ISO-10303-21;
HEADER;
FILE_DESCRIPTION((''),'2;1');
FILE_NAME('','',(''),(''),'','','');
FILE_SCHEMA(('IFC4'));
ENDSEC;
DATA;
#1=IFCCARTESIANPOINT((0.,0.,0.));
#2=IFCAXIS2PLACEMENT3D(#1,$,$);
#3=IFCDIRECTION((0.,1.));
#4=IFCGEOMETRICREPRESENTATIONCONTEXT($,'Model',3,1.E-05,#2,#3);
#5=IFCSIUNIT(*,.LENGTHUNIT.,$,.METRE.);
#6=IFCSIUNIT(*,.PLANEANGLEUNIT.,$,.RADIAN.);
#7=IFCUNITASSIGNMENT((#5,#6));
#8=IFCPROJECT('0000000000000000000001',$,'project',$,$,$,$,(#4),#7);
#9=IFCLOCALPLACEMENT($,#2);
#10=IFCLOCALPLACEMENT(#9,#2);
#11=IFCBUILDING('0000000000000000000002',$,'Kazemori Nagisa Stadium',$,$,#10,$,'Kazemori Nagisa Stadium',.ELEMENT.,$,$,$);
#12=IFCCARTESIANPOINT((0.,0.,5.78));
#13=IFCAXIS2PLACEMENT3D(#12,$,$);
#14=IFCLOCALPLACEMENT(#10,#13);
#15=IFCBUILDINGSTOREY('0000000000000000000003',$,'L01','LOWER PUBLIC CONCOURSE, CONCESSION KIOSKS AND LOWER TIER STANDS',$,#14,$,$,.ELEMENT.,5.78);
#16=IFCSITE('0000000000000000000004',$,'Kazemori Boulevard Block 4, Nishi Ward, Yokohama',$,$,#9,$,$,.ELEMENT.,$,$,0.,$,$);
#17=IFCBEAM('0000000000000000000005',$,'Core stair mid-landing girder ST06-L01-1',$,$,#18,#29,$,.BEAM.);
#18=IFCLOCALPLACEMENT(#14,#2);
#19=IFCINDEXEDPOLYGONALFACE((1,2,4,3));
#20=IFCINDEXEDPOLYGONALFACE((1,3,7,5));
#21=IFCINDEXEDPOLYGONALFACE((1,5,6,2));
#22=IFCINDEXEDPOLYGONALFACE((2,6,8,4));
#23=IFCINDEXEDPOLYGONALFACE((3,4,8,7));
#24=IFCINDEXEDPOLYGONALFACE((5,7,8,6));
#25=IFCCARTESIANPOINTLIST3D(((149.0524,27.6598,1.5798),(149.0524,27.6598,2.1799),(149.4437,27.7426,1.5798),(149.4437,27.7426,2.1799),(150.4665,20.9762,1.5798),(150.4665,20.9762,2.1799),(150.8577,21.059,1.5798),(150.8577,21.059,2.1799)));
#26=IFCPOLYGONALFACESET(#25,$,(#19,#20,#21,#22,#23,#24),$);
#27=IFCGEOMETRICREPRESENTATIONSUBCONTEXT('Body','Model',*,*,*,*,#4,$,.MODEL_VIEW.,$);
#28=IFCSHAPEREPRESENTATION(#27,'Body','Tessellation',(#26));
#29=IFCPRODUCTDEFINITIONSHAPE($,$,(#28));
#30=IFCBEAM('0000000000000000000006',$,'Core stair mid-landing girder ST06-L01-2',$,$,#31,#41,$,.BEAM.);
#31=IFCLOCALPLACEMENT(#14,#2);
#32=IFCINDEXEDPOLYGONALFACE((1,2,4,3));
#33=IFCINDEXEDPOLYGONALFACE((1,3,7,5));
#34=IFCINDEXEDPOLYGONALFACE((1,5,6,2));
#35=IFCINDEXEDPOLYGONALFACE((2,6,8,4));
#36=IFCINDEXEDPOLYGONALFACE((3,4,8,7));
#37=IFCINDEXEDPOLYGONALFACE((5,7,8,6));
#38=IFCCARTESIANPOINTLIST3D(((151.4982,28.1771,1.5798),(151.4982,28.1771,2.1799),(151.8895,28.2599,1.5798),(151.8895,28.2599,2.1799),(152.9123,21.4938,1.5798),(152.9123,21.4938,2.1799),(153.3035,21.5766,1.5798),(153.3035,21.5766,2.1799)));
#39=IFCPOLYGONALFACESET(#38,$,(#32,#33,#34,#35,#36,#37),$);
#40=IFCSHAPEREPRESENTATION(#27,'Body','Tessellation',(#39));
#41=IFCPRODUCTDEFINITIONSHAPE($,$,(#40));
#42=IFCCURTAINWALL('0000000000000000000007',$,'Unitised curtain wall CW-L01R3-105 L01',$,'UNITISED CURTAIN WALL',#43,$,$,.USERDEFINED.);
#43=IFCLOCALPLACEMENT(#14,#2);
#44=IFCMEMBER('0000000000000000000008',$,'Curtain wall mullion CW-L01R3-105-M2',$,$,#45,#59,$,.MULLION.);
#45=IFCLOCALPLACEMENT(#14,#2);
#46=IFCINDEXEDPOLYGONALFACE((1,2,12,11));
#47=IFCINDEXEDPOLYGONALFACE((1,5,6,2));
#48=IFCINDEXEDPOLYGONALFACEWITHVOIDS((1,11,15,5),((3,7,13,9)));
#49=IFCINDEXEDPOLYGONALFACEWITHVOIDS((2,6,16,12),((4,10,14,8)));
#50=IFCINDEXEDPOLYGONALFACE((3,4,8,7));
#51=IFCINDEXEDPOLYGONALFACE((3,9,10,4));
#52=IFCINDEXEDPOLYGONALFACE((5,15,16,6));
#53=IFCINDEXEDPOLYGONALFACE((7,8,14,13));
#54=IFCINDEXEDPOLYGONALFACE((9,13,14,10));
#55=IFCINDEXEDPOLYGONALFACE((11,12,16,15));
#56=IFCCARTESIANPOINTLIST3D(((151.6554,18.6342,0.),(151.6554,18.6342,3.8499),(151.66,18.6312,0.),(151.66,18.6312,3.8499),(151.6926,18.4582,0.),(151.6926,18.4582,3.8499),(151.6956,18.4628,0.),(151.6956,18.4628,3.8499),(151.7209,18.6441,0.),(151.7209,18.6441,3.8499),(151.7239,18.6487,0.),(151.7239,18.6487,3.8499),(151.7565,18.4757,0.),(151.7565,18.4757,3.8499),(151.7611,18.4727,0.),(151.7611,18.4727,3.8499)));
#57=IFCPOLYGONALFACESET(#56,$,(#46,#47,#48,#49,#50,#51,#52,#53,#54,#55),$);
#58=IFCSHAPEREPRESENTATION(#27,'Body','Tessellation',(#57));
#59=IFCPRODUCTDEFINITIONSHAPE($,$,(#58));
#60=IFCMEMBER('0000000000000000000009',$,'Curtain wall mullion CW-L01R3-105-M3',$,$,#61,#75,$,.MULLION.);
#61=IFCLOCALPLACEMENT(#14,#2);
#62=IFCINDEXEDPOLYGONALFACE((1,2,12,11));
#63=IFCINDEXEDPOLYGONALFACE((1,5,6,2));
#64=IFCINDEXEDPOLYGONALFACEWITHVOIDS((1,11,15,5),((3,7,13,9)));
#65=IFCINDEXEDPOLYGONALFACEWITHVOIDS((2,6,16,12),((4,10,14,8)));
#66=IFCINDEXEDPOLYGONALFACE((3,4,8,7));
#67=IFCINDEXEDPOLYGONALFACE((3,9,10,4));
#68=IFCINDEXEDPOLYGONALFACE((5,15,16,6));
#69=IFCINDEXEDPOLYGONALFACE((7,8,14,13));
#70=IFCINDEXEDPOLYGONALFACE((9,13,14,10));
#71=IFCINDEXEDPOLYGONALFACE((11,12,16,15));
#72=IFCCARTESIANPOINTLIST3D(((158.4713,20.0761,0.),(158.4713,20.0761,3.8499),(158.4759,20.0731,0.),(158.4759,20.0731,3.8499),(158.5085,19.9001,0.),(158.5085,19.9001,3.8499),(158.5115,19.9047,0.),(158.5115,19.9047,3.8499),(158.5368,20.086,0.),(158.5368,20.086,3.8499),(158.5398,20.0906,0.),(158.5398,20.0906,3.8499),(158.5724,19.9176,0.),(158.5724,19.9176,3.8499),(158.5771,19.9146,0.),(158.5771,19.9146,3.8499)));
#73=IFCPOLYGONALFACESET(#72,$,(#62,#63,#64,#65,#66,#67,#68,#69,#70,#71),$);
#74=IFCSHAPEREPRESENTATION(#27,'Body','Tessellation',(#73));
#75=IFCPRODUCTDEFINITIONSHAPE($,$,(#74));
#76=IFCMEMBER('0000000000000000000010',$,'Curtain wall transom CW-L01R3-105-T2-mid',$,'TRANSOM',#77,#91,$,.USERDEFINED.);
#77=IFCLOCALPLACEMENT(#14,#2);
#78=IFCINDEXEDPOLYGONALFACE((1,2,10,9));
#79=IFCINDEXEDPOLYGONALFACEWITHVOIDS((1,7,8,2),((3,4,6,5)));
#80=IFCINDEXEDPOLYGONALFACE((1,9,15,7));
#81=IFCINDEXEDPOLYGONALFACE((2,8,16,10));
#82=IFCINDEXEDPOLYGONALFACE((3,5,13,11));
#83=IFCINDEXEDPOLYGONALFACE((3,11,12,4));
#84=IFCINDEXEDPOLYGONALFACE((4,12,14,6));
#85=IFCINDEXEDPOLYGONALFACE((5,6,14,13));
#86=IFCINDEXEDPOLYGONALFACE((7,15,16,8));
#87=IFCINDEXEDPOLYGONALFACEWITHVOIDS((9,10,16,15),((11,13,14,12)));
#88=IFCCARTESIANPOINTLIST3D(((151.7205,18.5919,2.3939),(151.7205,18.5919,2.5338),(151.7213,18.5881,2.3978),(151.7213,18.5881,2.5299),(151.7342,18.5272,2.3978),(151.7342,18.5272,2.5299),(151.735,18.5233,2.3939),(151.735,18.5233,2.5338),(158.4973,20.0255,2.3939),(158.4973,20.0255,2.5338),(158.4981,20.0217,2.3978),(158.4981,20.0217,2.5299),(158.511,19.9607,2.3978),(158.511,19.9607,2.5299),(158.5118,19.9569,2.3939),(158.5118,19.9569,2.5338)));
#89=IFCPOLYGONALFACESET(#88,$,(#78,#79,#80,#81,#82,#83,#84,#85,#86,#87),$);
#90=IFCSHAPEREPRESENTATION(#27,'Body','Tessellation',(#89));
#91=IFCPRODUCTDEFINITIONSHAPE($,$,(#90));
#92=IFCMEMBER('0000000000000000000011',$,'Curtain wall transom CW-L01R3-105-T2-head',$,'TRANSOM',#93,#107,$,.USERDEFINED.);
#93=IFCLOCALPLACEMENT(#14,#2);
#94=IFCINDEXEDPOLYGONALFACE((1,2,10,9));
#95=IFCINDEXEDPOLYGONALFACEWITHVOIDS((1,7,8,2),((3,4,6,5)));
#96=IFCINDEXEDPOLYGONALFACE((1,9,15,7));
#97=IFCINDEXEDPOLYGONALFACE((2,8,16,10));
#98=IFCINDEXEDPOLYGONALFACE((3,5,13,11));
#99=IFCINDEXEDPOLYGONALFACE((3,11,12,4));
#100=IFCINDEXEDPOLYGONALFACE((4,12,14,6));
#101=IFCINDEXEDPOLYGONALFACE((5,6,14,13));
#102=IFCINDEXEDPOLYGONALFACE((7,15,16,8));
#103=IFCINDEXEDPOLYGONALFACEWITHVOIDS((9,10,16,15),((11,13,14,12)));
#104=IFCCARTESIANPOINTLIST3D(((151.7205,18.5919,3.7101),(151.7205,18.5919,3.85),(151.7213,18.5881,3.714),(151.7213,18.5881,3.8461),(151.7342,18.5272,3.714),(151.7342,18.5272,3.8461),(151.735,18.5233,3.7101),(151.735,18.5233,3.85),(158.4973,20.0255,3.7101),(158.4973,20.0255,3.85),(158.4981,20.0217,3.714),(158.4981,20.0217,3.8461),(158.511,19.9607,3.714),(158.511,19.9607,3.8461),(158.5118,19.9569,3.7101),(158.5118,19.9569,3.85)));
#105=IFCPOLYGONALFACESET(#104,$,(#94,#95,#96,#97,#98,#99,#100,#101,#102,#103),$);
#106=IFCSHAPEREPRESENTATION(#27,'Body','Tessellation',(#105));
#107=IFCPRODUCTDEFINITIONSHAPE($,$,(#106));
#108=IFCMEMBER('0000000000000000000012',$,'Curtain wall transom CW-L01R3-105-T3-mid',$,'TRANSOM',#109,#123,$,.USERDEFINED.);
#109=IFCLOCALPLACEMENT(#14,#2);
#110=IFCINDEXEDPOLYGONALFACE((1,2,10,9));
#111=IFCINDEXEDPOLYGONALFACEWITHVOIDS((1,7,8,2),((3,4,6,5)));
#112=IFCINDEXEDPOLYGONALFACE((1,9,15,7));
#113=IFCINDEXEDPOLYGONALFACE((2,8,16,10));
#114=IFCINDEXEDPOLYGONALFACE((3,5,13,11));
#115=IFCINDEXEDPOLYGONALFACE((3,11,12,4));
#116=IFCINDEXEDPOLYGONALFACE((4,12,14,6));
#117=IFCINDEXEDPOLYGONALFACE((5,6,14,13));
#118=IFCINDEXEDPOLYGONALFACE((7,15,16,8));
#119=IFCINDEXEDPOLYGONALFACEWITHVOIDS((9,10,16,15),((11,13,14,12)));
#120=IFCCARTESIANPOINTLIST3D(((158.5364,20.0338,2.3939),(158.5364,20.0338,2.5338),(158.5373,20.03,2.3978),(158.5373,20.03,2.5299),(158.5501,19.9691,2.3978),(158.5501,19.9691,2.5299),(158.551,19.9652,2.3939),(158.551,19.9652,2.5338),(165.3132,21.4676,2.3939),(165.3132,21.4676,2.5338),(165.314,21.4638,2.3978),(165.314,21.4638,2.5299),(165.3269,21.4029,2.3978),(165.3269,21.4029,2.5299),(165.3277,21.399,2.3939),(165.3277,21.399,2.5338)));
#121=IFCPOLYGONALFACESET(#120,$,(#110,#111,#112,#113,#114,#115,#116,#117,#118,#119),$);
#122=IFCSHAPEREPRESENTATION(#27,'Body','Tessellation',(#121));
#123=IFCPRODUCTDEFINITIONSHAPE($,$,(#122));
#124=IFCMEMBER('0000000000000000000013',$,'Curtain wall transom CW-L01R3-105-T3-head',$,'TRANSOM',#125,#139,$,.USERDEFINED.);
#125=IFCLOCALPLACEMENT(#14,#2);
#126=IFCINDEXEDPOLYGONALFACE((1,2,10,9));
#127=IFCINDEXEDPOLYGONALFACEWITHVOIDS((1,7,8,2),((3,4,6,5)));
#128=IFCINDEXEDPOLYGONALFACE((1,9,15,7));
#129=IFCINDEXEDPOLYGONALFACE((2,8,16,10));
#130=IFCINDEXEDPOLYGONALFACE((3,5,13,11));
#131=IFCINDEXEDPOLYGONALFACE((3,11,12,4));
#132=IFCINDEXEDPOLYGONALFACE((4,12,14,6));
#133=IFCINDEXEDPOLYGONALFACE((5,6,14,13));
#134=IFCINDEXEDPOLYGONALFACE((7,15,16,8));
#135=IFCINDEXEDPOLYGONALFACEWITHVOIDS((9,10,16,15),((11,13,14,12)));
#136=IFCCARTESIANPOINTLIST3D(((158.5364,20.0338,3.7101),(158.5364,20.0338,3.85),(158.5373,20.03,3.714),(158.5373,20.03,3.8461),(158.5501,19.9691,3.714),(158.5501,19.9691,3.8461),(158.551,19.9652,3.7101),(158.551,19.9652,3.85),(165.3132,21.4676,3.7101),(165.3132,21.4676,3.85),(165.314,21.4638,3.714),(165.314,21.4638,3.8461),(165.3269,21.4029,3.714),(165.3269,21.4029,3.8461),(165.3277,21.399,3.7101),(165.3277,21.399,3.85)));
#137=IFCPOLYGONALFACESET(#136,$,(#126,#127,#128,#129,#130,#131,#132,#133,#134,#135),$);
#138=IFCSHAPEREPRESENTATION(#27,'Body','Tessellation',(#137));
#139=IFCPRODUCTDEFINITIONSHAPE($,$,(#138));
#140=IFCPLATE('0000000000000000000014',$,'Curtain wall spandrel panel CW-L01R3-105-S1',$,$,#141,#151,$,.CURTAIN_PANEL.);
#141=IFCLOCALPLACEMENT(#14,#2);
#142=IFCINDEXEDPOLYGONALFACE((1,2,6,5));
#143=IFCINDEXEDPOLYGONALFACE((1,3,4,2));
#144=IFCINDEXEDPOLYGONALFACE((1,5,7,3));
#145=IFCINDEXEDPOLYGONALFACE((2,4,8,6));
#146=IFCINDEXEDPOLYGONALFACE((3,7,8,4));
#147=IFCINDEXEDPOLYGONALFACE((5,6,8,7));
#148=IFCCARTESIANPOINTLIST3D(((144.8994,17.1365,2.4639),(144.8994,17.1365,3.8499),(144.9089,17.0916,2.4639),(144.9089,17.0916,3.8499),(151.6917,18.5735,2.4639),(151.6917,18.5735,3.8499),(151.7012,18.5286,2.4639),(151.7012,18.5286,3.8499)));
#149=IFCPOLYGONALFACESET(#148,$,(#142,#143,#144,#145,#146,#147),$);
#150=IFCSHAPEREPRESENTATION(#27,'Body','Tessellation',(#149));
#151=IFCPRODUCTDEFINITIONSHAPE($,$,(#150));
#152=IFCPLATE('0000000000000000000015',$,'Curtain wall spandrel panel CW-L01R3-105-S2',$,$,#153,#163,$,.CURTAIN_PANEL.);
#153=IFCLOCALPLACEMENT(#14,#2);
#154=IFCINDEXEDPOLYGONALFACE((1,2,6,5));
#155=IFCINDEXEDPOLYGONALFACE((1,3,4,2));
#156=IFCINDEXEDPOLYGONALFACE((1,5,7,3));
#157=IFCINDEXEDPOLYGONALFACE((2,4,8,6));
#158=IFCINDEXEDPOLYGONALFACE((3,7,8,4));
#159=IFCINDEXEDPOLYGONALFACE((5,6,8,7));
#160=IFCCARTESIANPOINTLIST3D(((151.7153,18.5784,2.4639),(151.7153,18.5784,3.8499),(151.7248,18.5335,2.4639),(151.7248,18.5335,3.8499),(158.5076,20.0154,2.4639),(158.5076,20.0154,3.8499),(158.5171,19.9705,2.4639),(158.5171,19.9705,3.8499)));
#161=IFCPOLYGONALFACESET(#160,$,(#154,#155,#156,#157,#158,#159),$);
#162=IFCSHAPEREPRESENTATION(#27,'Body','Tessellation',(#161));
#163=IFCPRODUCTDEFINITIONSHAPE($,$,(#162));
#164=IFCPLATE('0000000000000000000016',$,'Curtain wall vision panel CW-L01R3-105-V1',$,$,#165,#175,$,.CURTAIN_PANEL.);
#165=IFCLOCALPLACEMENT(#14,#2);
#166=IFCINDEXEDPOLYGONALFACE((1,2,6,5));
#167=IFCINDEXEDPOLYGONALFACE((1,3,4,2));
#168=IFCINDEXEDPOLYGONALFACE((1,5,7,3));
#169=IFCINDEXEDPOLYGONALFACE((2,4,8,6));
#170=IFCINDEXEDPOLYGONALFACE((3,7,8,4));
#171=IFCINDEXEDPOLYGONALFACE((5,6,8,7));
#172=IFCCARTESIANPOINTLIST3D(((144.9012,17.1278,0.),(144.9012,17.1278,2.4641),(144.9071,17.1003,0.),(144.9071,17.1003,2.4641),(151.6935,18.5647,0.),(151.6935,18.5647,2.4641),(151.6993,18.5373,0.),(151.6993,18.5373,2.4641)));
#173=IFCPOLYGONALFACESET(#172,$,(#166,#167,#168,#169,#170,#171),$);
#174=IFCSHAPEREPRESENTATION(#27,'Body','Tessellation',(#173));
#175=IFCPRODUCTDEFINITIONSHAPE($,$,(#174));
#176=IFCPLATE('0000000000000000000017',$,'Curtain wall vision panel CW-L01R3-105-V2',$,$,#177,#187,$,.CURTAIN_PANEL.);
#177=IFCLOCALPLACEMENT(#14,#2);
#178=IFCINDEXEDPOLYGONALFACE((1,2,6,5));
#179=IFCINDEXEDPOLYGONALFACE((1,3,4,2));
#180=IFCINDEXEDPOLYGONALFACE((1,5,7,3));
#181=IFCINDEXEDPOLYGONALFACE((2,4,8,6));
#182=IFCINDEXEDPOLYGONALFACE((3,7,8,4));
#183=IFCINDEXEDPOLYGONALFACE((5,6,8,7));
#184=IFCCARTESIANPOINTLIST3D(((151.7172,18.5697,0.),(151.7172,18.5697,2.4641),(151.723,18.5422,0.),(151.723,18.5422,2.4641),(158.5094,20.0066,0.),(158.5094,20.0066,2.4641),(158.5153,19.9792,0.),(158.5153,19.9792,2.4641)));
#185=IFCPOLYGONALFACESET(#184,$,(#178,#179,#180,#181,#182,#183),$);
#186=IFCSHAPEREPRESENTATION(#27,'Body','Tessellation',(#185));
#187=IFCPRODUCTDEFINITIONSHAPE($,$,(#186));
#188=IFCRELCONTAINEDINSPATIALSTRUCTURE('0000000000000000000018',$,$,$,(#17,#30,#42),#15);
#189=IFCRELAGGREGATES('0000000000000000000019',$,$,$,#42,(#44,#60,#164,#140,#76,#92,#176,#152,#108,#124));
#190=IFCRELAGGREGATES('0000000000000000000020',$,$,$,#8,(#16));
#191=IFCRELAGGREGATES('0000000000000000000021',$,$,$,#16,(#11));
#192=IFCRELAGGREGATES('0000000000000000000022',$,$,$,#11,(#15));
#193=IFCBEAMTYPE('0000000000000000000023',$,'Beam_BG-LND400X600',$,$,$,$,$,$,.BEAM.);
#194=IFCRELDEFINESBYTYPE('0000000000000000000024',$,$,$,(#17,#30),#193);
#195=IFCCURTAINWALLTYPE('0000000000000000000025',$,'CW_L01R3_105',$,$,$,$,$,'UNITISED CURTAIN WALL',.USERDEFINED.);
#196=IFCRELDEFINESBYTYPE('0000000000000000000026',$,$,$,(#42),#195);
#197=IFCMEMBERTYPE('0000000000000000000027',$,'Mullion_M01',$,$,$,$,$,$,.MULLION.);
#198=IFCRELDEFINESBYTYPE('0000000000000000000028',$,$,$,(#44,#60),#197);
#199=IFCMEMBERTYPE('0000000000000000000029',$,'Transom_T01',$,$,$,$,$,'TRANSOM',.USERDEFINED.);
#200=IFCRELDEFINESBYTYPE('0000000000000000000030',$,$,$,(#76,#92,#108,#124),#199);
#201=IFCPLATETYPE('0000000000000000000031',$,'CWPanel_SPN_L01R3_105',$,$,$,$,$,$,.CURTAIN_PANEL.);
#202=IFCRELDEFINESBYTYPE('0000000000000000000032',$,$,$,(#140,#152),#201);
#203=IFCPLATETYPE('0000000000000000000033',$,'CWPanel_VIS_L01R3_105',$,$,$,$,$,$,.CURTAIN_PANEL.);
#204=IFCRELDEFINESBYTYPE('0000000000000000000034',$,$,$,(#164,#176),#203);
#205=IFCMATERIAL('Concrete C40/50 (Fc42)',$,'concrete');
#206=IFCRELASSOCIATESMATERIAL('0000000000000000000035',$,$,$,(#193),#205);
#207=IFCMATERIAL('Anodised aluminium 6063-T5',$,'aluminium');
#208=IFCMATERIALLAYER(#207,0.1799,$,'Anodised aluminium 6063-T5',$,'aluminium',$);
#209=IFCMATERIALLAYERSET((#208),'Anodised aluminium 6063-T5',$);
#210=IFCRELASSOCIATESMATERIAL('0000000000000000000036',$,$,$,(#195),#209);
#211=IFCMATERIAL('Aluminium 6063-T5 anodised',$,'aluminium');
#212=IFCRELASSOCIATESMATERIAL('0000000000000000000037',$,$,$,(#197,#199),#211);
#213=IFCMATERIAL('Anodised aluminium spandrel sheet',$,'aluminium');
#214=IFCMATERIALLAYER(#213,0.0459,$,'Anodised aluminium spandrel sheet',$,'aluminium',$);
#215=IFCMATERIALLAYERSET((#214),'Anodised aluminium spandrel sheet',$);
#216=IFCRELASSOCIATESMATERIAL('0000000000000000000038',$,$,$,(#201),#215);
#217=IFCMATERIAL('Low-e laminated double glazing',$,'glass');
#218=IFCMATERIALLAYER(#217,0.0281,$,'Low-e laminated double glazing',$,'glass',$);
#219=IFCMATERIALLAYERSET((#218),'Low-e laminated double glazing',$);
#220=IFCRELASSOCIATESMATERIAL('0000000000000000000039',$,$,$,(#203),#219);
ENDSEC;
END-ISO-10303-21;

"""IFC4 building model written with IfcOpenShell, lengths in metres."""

from ifc_helpers import new_model, si_unit, direction, frame, origin, origin_2d, place, context, subcontext, project, spatial, rectangle, hollow_rectangle, extrude, material, layer, layer_set, material_profile, profile_set, type_object, element, aggregate, save


model = new_model("IFC4")

# Units and contexts
model_context = context("Model", 3, precision=1e-05, world=origin(), true_north=direction((0.0, 1.0)))
body_context = subcontext(model_context, "Body", "Model", "MODEL_VIEW")
ifc_project = project(units=[si_unit("LENGTHUNIT", "METRE"), si_unit("PLANEANGLEUNIT", "RADIAN")], contexts=[model_context])

# Site, building, storey
site_placement = place(None, origin())
site = spatial("IfcSite", under=ifc_project, at=site_placement, Name="Kazemori Boulevard Block 4, Nishi Ward, Yokohama", CompositionType="ELEMENT", RefElevation=0.0)
building_placement = place(site_placement, origin())
building = spatial("IfcBuilding", under=site, at=building_placement, Name="Kazemori Nagisa Stadium", LongName="Kazemori Nagisa Stadium", CompositionType="ELEMENT")
storey_placement = place(building_placement, frame((0.0, 0.0, 5.78)))
storey = spatial("IfcBuildingStorey", under=building, at=storey_placement, Name="L01", Description="LOWER PUBLIC CONCOURSE, CONCESSION KIOSKS AND LOWER TIER STANDS", CompositionType="ELEMENT", Elevation=5.78)

# Beams
ifc_material_1 = material(Name="Concrete C40/50 (Fc42)", Category="concrete")
ifc_material_profile_1 = material_profile(ifc_material_1, rectangle(XDim=0.3999, YDim=0.6001, at=origin_2d()), Name="RC-BM-400x600")
ifc_profile_set_1 = profile_set([ifc_material_profile_1], Name="Concrete C40/50 (Fc42)")
beam_type = type_object("IfcBeamType", Name="Beam_BG-LND400X600", PredefinedType="BEAM", material=ifc_profile_set_1)
beam_1_placement = place(storey_placement, frame((149.248, 27.7012, 1.8799), z_axis=(0.20699, -0.978343, 0.0), x_axis=(0.978343, 0.20699, 0.0)))
element("IfcBeam", 1, at=beam_1_placement, inside=storey, type_object=beam_type, Name="Core stair mid-landing girder ST06-L01-1", PredefinedType="BEAM", context=body_context, shape_type="SweptSolid", body=[
    extrude(rectangle(XDim=0.3999, YDim=0.6001, at=origin_2d()), origin(), (0.0, 0.0, 1.0), 6.8315),
])
beam_2_placement = place(storey_placement, frame((151.6938, 28.2185, 1.8799), z_axis=(0.206997, -0.978341, 0.0), x_axis=(0.978341, 0.206997, 0.0)))
element("IfcBeam", 2, at=beam_2_placement, inside=storey, type_object=beam_type, Name="Core stair mid-landing girder ST06-L01-2", PredefinedType="BEAM", context=body_context, shape_type="SweptSolid", body=[
    extrude(rectangle(XDim=0.3999, YDim=0.6001, at=origin_2d()), origin(), (0.0, 0.0, 1.0), 6.8313),
])

# Curtain wall, members, plates
ifc_material_2 = material(Name="Anodised aluminium 6063-T5", Category="aluminium")
ifc_layer_1 = layer(ifc_material_2, 0.1799, Name="Anodised aluminium 6063-T5", Category="aluminium")
ifc_layer_set_1 = layer_set([ifc_layer_1], Name="Anodised aluminium 6063-T5")
curtain_wall_type = type_object("IfcCurtainWallType", Name="CW_L01R3_105", ElementType="UNITISED CURTAIN WALL", PredefinedType="USERDEFINED", material=ifc_layer_set_1)
curtain_wall_placement = place(storey_placement, origin())
curtain_wall = element("IfcCurtainWall", 3, at=curtain_wall_placement, inside=storey, type_object=curtain_wall_type, Name="Unitised curtain wall CW-L01R3-105 L01", ObjectType="UNITISED CURTAIN WALL", PredefinedType="USERDEFINED")
ifc_material_3 = material(Name="Aluminium 6063-T5 anodised", Category="aluminium")
ifc_material_profile_2 = material_profile(ifc_material_3, hollow_rectangle(XDim=0.0701, YDim=0.1799, WallThickness=0.0039, at=origin_2d()), Name="ALU-MULL-70x180x4")
ifc_profile_set_2 = profile_set([ifc_material_profile_2], Name="Aluminium 6063-T5 anodised")
member_type_1 = type_object("IfcMemberType", Name="Mullion_M01", PredefinedType="MULLION", material=ifc_profile_set_2)
member_1_placement = place(storey_placement, frame((151.7083, 18.5535, 0.0), z_axis=(0.0, 0.0, 1.0), x_axis=(0.978345, 0.206981, 0.0)))
member_1 = element("IfcMember", 4, at=member_1_placement, type_object=member_type_1, Name="Curtain wall mullion CW-L01R3-105-M2", PredefinedType="MULLION", context=body_context, shape_type="SweptSolid", body=[
    extrude(hollow_rectangle(XDim=0.0701, YDim=0.1799, WallThickness=0.0039, at=origin_2d()), origin(), (0.0, 0.0, 1.0), 3.8499),
])
member_2_placement = place(storey_placement, frame((158.5242, 19.9954, 0.0), z_axis=(0.0, 0.0, 1.0), x_axis=(0.978345, 0.206981, 0.0)))
member_2 = element("IfcMember", 5, at=member_2_placement, type_object=member_type_1, Name="Curtain wall mullion CW-L01R3-105-M3", PredefinedType="MULLION", context=body_context, shape_type="SweptSolid", body=[
    extrude(hollow_rectangle(XDim=0.0701, YDim=0.1799, WallThickness=0.0039, at=origin_2d()), origin(), (0.0, 0.0, 1.0), 3.8499),
])
ifc_material_profile_3 = material_profile(ifc_material_3, hollow_rectangle(XDim=0.0701, YDim=0.1399, WallThickness=0.0039, at=origin_2d()), Name="ALU-TRAN-70x140x4")
ifc_profile_set_3 = profile_set([ifc_material_profile_3], Name="Aluminium 6063-T5 anodised")
member_type_2 = type_object("IfcMemberType", Name="Transom_T01", ElementType="TRANSOM", PredefinedType="USERDEFINED", material=ifc_profile_set_3)
member_3_placement = place(storey_placement, frame((151.7278, 18.5576, 2.4639), z_axis=(0.978349, 0.206962, 0.0), x_axis=(-0.206962, 0.978349, 0.0)))
member_3 = element("IfcMember", 6, at=member_3_placement, type_object=member_type_2, Name="Curtain wall transom CW-L01R3-105-T2-mid", ObjectType="TRANSOM", PredefinedType="USERDEFINED", context=body_context, shape_type="SweptSolid", body=[
    extrude(hollow_rectangle(XDim=0.0701, YDim=0.1399, WallThickness=0.0039, at=origin_2d()), origin(), (0.0, 0.0, 1.0), 6.9268),
])
member_4_placement = place(storey_placement, frame((151.7278, 18.5576, 3.78), z_axis=(0.978349, 0.206962, 0.0), x_axis=(-0.206962, 0.978349, 0.0)))
member_4 = element("IfcMember", 7, at=member_4_placement, type_object=member_type_2, Name="Curtain wall transom CW-L01R3-105-T2-head", ObjectType="TRANSOM", PredefinedType="USERDEFINED", context=body_context, shape_type="SweptSolid", body=[
    extrude(hollow_rectangle(XDim=0.0701, YDim=0.1399, WallThickness=0.0039, at=origin_2d()), origin(), (0.0, 0.0, 1.0), 6.9268),
])
member_5_placement = place(storey_placement, frame((158.5437, 19.9995, 2.4639), z_axis=(0.978342, 0.206996, 0.0), x_axis=(-0.206996, 0.978342, 0.0)))
member_5 = element("IfcMember", 8, at=member_5_placement, type_object=member_type_2, Name="Curtain wall transom CW-L01R3-105-T3-mid", ObjectType="TRANSOM", PredefinedType="USERDEFINED", context=body_context, shape_type="SweptSolid", body=[
    extrude(hollow_rectangle(XDim=0.0701, YDim=0.1399, WallThickness=0.0039, at=origin_2d()), origin(), (0.0, 0.0, 1.0), 6.9268),
])
member_6_placement = place(storey_placement, frame((158.5437, 19.9995, 3.78), z_axis=(0.978342, 0.206996, 0.0), x_axis=(-0.206996, 0.978342, 0.0)))
member_6 = element("IfcMember", 9, at=member_6_placement, type_object=member_type_2, Name="Curtain wall transom CW-L01R3-105-T3-head", ObjectType="TRANSOM", PredefinedType="USERDEFINED", context=body_context, shape_type="SweptSolid", body=[
    extrude(hollow_rectangle(XDim=0.0701, YDim=0.1399, WallThickness=0.0039, at=origin_2d()), origin(), (0.0, 0.0, 1.0), 6.9268),
])
ifc_material_4 = material(Name="Anodised aluminium spandrel sheet", Category="aluminium")
ifc_layer_2 = layer(ifc_material_4, 0.0459, Name="Anodised aluminium spandrel sheet", Category="aluminium")
ifc_layer_set_2 = layer_set([ifc_layer_2], Name="Anodised aluminium spandrel sheet")
plate_type_1 = type_object("IfcPlateType", Name="CWPanel_SPN_L01R3_105", PredefinedType="CURTAIN_PANEL", material=ifc_layer_set_2)
plate_1_placement = place(storey_placement, frame((148.3003, 17.8325, 2.4639), z_axis=(0.0, 0.0, 1.0), x_axis=(0.978345, 0.206981, 0.0)))
plate_1 = element("IfcPlate", 10, at=plate_1_placement, type_object=plate_type_1, Name="Curtain wall spandrel panel CW-L01R3-105-S1", PredefinedType="CURTAIN_PANEL", context=body_context, shape_type="SweptSolid", body=[
    extrude(rectangle(XDim=6.9426, YDim=0.0459, at=origin_2d()), origin(), (0.0, 0.0, 1.0), 1.386),
])
plate_2_placement = place(storey_placement, frame((155.1162, 19.2744, 2.4639), z_axis=(0.0, 0.0, 1.0), x_axis=(0.978345, 0.206981, 0.0)))
plate_2 = element("IfcPlate", 11, at=plate_2_placement, type_object=plate_type_1, Name="Curtain wall spandrel panel CW-L01R3-105-S2", PredefinedType="CURTAIN_PANEL", context=body_context, shape_type="SweptSolid", body=[
    extrude(rectangle(XDim=6.9426, YDim=0.0459, at=origin_2d()), origin(), (0.0, 0.0, 1.0), 1.386),
])
ifc_material_5 = material(Name="Low-e laminated double glazing", Category="glass")
ifc_layer_3 = layer(ifc_material_5, 0.0281, Name="Low-e laminated double glazing", Category="glass")
ifc_layer_set_3 = layer_set([ifc_layer_3], Name="Low-e laminated double glazing")
plate_type_2 = type_object("IfcPlateType", Name="CWPanel_VIS_L01R3_105", PredefinedType="CURTAIN_PANEL", material=ifc_layer_set_3)
plate_3_placement = place(storey_placement, frame((148.3003, 17.8325, 0.0), z_axis=(0.0, 0.0, 1.0), x_axis=(0.978345, 0.206981, 0.0)))
plate_3 = element("IfcPlate", 12, at=plate_3_placement, type_object=plate_type_2, Name="Curtain wall vision panel CW-L01R3-105-V1", PredefinedType="CURTAIN_PANEL", context=body_context, shape_type="SweptSolid", body=[
    extrude(rectangle(XDim=6.9426, YDim=0.0281, at=origin_2d()), origin(), (0.0, 0.0, 1.0), 2.4641),
])
plate_4_placement = place(storey_placement, frame((155.1162, 19.2744, 0.0), z_axis=(0.0, 0.0, 1.0), x_axis=(0.978345, 0.206981, 0.0)))
plate_4 = element("IfcPlate", 13, at=plate_4_placement, type_object=plate_type_2, Name="Curtain wall vision panel CW-L01R3-105-V2", PredefinedType="CURTAIN_PANEL", context=body_context, shape_type="SweptSolid", body=[
    extrude(rectangle(XDim=6.9426, YDim=0.0281, at=origin_2d()), origin(), (0.0, 0.0, 1.0), 2.4641),
])
aggregate(curtain_wall, [member_1, member_2, plate_3, plate_1, member_3, member_4, plate_4, plate_2, member_5, member_6])

save(model, "model.ifc")
